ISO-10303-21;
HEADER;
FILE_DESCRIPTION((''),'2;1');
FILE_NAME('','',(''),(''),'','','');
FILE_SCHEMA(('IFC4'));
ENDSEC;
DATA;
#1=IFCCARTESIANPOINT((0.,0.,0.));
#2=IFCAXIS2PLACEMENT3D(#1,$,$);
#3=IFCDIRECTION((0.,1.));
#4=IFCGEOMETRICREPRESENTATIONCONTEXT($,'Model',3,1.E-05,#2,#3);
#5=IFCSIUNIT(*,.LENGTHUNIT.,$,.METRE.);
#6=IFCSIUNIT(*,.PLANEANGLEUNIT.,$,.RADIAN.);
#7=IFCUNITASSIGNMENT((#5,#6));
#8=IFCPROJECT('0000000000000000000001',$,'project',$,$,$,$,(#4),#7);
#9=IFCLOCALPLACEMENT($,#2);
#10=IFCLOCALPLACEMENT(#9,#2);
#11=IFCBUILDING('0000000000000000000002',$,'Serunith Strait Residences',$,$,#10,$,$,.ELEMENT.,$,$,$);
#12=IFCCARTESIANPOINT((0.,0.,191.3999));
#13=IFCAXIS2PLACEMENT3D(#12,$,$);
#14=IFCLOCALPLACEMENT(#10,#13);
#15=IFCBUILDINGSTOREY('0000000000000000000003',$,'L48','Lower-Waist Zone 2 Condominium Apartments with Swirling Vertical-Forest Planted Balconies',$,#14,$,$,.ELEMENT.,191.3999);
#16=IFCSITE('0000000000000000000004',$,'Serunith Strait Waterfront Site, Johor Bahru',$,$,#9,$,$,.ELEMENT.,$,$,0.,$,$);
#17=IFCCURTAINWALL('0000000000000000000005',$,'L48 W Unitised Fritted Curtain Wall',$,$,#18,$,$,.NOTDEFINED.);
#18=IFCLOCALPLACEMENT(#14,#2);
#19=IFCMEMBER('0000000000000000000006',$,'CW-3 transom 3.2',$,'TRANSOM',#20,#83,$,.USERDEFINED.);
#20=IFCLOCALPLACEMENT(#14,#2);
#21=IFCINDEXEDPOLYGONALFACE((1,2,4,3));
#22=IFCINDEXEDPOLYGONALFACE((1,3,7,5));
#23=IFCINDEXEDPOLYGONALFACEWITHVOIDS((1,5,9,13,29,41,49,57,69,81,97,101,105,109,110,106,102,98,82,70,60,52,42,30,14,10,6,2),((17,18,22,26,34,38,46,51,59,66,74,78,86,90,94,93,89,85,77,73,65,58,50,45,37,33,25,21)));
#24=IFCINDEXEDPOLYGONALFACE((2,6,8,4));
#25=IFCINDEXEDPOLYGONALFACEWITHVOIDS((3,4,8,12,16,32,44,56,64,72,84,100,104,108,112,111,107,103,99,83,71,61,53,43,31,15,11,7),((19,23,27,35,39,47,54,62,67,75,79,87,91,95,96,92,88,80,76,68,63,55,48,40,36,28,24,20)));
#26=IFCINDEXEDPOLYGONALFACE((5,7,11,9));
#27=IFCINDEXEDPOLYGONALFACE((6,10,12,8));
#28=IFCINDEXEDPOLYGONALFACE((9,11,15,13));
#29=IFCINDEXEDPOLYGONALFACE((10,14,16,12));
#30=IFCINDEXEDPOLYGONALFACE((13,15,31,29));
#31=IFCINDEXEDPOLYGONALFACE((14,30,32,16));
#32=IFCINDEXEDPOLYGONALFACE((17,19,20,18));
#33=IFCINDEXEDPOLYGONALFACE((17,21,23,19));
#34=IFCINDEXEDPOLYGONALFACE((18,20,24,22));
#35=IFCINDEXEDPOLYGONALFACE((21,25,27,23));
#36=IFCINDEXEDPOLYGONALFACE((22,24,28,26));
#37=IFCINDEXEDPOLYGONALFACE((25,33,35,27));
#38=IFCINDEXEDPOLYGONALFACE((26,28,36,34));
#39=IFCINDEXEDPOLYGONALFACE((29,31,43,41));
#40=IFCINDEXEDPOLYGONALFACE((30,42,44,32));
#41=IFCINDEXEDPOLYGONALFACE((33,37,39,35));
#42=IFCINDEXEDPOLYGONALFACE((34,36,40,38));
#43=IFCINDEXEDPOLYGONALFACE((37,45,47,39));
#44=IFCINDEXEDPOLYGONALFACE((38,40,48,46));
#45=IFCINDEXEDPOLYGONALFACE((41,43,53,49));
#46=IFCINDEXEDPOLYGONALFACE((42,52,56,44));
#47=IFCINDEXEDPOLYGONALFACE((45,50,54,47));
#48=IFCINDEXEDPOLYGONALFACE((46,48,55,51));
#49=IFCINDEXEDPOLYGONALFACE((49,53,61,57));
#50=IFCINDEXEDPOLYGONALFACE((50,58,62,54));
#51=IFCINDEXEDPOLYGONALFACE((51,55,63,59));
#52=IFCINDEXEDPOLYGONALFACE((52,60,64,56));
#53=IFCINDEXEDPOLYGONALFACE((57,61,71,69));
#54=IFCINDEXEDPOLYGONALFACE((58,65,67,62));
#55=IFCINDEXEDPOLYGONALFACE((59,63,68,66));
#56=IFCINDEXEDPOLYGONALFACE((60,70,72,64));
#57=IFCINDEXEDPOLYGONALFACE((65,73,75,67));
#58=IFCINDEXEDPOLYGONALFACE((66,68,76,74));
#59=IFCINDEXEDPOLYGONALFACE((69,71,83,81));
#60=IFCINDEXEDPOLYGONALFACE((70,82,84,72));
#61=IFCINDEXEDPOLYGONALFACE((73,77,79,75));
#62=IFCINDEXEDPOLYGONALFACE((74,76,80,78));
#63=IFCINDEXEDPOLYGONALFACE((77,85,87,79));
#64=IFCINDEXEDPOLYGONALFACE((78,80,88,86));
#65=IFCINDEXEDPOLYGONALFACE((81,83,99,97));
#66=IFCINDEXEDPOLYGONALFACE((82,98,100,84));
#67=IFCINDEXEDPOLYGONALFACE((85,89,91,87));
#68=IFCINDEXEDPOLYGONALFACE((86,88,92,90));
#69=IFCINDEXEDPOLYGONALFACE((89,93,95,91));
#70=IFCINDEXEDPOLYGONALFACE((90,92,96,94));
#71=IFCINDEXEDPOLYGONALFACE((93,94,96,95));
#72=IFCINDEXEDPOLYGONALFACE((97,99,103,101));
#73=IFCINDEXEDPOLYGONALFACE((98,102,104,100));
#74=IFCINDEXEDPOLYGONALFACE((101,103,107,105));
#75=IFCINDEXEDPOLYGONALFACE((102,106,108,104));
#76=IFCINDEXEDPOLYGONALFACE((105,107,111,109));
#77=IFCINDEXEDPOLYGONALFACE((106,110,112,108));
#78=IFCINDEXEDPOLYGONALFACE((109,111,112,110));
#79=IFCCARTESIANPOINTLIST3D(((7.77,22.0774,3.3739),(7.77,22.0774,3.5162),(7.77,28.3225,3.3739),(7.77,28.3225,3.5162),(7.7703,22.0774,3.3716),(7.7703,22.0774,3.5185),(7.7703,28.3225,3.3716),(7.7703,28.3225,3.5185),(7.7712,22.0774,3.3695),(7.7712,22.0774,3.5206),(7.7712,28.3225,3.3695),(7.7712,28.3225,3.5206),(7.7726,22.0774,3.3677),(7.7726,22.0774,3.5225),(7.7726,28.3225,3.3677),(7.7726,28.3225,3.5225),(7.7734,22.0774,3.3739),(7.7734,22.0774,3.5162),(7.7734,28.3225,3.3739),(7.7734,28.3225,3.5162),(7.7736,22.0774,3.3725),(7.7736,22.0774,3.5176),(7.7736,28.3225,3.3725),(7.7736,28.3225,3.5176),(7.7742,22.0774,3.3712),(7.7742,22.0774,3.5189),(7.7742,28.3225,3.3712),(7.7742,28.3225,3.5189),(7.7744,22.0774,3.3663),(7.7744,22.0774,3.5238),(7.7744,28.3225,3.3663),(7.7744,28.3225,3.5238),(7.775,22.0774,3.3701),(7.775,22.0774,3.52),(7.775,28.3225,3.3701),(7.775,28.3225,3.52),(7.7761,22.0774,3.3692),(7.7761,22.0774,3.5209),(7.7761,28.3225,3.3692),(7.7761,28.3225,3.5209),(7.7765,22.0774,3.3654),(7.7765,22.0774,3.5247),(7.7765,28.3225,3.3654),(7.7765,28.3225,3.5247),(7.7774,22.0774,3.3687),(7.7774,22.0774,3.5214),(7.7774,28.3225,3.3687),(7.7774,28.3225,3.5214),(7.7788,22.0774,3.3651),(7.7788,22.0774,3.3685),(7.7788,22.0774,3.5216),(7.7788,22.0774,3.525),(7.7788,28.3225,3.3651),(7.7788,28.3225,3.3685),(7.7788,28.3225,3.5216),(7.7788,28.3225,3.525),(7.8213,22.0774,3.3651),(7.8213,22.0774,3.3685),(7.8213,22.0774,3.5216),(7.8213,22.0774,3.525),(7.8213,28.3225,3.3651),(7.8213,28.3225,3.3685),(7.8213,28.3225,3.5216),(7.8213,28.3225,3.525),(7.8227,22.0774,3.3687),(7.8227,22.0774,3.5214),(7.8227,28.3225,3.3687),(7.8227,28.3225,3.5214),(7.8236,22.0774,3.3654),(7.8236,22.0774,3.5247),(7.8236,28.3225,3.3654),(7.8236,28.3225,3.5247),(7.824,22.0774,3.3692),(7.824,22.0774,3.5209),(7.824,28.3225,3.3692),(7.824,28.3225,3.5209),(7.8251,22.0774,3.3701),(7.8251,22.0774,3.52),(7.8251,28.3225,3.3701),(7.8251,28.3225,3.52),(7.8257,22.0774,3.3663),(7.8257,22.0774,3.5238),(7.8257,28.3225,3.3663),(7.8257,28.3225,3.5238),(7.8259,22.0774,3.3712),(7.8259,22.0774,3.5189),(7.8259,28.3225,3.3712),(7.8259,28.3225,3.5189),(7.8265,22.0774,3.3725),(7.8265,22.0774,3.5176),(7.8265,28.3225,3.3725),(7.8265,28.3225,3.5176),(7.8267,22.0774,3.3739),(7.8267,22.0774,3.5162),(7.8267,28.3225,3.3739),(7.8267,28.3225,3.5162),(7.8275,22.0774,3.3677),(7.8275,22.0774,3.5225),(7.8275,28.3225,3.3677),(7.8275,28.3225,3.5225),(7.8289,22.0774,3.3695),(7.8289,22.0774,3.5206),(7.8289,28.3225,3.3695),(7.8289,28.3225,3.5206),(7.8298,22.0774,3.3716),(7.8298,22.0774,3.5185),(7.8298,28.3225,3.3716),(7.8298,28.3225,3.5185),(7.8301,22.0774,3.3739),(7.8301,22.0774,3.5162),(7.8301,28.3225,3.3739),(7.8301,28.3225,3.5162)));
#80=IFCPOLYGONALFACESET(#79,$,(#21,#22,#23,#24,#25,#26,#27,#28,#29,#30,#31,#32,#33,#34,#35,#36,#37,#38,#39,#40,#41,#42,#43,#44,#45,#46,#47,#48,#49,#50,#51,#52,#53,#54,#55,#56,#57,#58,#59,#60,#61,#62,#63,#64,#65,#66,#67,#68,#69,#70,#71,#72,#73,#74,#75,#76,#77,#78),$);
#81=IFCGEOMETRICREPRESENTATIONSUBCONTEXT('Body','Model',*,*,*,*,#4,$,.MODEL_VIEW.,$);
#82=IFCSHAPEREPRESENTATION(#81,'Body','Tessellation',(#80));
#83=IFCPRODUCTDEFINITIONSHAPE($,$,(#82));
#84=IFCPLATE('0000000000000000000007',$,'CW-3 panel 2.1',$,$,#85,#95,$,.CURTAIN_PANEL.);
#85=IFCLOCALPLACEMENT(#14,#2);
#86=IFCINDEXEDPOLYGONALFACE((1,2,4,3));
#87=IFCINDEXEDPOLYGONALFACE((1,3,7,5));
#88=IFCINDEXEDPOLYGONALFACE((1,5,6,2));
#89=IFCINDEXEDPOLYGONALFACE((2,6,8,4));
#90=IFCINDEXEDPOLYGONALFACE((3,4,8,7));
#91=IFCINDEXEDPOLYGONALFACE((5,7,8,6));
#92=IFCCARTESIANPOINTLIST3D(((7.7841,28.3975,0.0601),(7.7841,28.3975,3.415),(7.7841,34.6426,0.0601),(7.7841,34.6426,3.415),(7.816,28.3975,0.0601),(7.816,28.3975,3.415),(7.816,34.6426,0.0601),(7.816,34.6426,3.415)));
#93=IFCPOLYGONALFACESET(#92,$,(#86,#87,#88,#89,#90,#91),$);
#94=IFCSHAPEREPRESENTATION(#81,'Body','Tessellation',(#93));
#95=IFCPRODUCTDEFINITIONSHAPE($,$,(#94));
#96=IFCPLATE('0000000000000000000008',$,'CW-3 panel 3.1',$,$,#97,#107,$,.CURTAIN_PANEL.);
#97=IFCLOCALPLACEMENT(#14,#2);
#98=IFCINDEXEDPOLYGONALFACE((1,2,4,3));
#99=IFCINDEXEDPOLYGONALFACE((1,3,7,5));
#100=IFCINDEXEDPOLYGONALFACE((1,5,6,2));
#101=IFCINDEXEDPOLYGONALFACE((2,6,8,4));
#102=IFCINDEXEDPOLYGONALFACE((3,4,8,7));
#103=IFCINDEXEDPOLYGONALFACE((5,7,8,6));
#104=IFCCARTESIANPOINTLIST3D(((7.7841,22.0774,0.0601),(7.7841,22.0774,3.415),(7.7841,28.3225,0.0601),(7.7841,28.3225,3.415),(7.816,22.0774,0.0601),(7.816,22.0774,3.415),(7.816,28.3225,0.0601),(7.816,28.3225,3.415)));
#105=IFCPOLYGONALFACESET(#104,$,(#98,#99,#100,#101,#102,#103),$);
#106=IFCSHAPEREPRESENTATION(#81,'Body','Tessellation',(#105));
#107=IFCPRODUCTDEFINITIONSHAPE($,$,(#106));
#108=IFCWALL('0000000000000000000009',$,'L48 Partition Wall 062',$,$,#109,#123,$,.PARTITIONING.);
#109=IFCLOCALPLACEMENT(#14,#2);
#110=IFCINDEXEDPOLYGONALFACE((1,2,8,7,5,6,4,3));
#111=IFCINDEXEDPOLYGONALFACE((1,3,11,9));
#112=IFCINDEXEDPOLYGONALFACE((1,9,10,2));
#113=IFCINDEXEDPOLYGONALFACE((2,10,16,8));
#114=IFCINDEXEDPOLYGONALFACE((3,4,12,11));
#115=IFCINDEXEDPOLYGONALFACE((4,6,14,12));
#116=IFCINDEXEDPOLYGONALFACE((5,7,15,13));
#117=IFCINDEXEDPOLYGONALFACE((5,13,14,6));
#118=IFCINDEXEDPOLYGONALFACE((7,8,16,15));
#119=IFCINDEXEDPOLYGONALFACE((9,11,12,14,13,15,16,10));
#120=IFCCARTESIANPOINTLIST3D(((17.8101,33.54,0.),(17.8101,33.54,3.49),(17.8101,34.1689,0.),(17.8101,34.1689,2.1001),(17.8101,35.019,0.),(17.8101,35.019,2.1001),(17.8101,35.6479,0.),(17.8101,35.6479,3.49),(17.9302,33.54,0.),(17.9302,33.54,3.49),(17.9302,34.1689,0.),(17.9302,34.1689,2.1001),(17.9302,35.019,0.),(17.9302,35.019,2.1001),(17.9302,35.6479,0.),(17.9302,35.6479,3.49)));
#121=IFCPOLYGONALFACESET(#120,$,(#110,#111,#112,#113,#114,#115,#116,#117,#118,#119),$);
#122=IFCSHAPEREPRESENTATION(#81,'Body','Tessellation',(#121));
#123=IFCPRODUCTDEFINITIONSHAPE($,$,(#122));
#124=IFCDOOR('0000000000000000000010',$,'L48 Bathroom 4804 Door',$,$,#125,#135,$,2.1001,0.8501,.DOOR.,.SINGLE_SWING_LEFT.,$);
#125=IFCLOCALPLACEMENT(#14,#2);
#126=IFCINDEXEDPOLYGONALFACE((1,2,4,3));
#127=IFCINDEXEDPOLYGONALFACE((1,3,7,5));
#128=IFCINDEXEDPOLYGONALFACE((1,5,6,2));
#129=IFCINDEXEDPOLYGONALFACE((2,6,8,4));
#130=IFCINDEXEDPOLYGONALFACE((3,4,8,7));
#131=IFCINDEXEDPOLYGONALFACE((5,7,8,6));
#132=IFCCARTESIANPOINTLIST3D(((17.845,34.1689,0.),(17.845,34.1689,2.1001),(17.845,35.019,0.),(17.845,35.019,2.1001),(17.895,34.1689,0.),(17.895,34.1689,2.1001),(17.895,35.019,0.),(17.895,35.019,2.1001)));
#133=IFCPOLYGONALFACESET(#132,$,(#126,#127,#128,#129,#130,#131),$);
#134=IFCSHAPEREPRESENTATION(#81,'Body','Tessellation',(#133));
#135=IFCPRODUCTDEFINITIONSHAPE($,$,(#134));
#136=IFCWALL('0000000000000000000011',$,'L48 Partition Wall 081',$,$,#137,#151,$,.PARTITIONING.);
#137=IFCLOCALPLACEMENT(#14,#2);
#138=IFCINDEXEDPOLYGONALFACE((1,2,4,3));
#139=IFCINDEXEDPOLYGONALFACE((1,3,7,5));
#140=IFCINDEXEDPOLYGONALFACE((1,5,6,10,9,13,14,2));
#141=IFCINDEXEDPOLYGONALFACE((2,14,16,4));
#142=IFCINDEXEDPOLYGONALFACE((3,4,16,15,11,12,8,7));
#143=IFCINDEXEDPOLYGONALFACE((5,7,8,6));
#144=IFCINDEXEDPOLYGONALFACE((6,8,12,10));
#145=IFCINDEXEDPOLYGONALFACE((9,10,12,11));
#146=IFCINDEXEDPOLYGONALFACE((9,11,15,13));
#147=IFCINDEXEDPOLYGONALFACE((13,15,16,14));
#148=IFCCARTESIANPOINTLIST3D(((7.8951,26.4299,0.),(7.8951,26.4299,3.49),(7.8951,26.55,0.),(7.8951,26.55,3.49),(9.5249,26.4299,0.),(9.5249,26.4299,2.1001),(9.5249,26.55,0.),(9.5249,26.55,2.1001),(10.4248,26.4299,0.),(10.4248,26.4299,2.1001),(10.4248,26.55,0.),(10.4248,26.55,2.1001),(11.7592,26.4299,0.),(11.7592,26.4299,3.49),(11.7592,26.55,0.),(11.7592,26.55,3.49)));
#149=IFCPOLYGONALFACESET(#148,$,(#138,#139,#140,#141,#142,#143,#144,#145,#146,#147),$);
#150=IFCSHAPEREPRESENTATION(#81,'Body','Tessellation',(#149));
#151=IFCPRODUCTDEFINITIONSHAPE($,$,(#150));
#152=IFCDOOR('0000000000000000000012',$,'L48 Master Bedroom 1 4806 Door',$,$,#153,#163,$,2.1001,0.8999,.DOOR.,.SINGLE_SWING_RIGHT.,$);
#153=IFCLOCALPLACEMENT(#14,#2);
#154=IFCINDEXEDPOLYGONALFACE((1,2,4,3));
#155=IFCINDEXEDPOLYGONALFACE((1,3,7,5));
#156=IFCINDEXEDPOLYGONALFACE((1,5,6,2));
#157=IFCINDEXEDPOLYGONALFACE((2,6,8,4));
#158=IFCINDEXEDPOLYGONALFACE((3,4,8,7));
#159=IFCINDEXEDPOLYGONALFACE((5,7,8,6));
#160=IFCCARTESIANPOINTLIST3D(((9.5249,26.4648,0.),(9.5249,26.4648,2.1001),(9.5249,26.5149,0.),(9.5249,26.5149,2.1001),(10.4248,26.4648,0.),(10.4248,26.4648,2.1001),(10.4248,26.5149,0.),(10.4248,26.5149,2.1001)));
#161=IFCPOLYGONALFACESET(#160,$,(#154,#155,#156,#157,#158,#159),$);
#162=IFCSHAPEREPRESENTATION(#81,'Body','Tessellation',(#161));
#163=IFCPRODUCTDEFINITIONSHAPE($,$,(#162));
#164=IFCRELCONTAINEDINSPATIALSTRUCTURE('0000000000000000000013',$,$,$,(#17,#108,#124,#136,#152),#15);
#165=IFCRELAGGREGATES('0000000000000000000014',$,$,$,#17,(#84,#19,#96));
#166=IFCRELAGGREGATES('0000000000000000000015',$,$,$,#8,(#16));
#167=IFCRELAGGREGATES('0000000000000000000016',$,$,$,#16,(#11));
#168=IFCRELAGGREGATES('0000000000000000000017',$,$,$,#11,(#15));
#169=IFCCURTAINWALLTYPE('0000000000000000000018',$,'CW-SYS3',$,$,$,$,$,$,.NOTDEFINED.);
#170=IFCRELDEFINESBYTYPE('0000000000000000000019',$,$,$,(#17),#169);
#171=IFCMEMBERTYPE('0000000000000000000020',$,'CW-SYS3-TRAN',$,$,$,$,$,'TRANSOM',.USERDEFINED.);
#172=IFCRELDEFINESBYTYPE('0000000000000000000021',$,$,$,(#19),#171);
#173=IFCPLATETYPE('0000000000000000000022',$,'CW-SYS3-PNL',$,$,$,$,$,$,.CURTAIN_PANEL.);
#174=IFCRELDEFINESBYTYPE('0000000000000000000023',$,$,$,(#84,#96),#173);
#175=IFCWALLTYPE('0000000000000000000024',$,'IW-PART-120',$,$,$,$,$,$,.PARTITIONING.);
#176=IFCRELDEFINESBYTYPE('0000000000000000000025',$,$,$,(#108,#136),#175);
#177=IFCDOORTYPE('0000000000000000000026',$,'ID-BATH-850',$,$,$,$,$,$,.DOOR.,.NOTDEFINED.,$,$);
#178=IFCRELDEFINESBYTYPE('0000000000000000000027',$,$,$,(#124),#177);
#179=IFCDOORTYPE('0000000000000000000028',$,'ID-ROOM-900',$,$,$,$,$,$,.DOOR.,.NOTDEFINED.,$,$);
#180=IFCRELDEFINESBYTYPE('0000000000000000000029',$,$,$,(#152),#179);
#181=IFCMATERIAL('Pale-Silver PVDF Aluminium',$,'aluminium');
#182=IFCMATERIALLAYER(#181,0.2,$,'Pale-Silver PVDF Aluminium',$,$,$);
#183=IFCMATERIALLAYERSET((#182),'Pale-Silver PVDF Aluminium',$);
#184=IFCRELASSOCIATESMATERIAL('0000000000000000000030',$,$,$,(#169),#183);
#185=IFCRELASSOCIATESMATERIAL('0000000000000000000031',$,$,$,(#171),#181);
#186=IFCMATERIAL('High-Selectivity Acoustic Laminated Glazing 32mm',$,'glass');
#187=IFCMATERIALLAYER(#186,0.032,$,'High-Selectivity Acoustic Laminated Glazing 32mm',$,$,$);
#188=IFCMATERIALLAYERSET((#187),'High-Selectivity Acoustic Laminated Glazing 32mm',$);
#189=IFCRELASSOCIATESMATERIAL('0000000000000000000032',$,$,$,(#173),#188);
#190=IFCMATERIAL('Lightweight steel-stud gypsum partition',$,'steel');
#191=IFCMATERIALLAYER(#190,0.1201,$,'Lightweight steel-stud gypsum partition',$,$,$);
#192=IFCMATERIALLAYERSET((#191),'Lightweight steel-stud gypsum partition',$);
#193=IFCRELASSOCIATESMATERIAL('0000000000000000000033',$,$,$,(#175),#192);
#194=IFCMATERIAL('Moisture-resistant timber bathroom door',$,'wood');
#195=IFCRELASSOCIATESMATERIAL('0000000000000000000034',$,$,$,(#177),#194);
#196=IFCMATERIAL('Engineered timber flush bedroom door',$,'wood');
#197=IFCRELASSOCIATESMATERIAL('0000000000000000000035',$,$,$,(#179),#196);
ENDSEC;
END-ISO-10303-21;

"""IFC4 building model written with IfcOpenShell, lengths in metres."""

from ifc_helpers import new_model, si_unit, direction, frame, frame_2d, origin, origin_2d, place, context, subcontext, project, spatial, rectangle, hollow_rectangle, extrude, source, transform, mapped, material, layer, layer_set, material_profile, profile_set, type_object, element, fill, aggregate, save


model = new_model("IFC4")

# Units and contexts
model_context = context("Model", 3, precision=1e-05, world=origin(), true_north=direction((0.0, 1.0)))
body_context = subcontext(model_context, "Body", "Model", "MODEL_VIEW")
ifc_project = project(units=[si_unit("LENGTHUNIT", "METRE"), si_unit("PLANEANGLEUNIT", "RADIAN")], contexts=[model_context])

# Site, building, storey
site_placement = place(None, origin())
site = spatial("IfcSite", under=ifc_project, at=site_placement, Name="Serunith Strait Waterfront Site, Johor Bahru", CompositionType="ELEMENT", RefElevation=0.0)
building_placement = place(site_placement, origin())
building = spatial("IfcBuilding", under=site, at=building_placement, Name="Serunith Strait Residences", CompositionType="ELEMENT")
storey_placement = place(building_placement, frame((0.0, 0.0, 191.3999)))
storey = spatial("IfcBuildingStorey", under=building, at=storey_placement, Name="L48", Description="Lower-Waist Zone 2 Condominium Apartments with Swirling Vertical-Forest Planted Balconies", CompositionType="ELEMENT", Elevation=191.3999)

# Curtain wall, member, plates
ifc_material_1 = material(Name="Pale-Silver PVDF Aluminium", Category="aluminium")
ifc_layer_1 = layer(ifc_material_1, 0.2, Name="Pale-Silver PVDF Aluminium")
ifc_layer_set_1 = layer_set([ifc_layer_1], Name="Pale-Silver PVDF Aluminium")
curtain_wall_type = type_object("IfcCurtainWallType", Name="CW-SYS3", PredefinedType="NOTDEFINED", material=ifc_layer_set_1)
curtain_wall_placement = place(storey_placement, origin())
curtain_wall = element("IfcCurtainWall", 1, at=curtain_wall_placement, inside=storey, type_object=curtain_wall_type, Name="L48 W Unitised Fritted Curtain Wall", PredefinedType="NOTDEFINED")
ifc_material_profile_1 = material_profile(ifc_material_1, hollow_rectangle(XDim=0.0601, YDim=0.1599, WallThickness=0.0034, InnerFilletRadius=0.0054, OuterFilletRadius=0.0088, at=origin_2d()), Name="ALU 160x60x3.5")
ifc_profile_set_1 = profile_set([ifc_material_profile_1], Name="Pale-Silver PVDF Aluminium")
member_type_1 = type_object("IfcMemberType", Name="CW-SYS3-TRAN", ElementType="TRANSOM", PredefinedType="USERDEFINED", material=ifc_profile_set_1)
shared_shape_1 = source(origin(), body_context, "Body", "SweptSolid", [
    extrude(hollow_rectangle(XDim=0.0601, YDim=0.1599, WallThickness=0.0034, InnerFilletRadius=0.0054, OuterFilletRadius=0.0088, at=origin_2d()), origin(), (0.0, 0.0, 1.0), 6.2451),
])
member_1_placement = place(storey_placement, frame((7.8, 28.3225, 3.4451), z_axis=(0.0, -1.0, 0.0), x_axis=(1.0, 0.0, 0.0)))
member_1 = element("IfcMember", 2, at=member_1_placement, type_object=member_type_1, Name="CW-3 transom 3.2", ObjectType="TRANSOM", PredefinedType="USERDEFINED", context=body_context, shape_type="MappedRepresentation", body=[
    mapped(shared_shape_1, transform((0.0, 0.0, 0.0), scale=1.0)),
])
ifc_material_2 = material(Name="High-Selectivity Acoustic Laminated Glazing 32mm", Category="glass")
ifc_layer_2 = layer(ifc_material_2, 0.032, Name="High-Selectivity Acoustic Laminated Glazing 32mm")
ifc_layer_set_2 = layer_set([ifc_layer_2], Name="High-Selectivity Acoustic Laminated Glazing 32mm")
plate_type = type_object("IfcPlateType", Name="CW-SYS3-PNL", PredefinedType="CURTAIN_PANEL", material=ifc_layer_set_2)
shared_shape_2 = source(origin(), body_context, "Body", "SweptSolid", [
    extrude(rectangle(XDim=6.2451, YDim=0.032, at=origin_2d()), origin(), (0.0, 0.0, 1.0), 3.355),
])
plate_1_placement = place(storey_placement, frame((7.8, 31.52, 0.0601), z_axis=(0.0, 0.0, 1.0), x_axis=(0.0, -1.0, 0.0)))
plate_1 = element("IfcPlate", 3, at=plate_1_placement, type_object=plate_type, Name="CW-3 panel 2.1", PredefinedType="CURTAIN_PANEL", context=body_context, shape_type="MappedRepresentation", body=[
    mapped(shared_shape_2, transform((0.0, 0.0, 0.0), scale=1.0)),
])
plate_2_placement = place(storey_placement, frame((7.8, 25.2, 0.0601), z_axis=(0.0, 0.0, 1.0), x_axis=(0.0, -1.0, 0.0)))
plate_2 = element("IfcPlate", 4, at=plate_2_placement, type_object=plate_type, Name="CW-3 panel 3.1", PredefinedType="CURTAIN_PANEL", context=body_context, shape_type="MappedRepresentation", body=[
    mapped(shared_shape_2, transform((0.0, 0.0, 0.0), scale=1.0)),
])
aggregate(curtain_wall, [plate_1, member_1, plate_2])

# Walls, openings, doors
ifc_material_3 = material(Name="Lightweight steel-stud gypsum partition", Category="steel")
ifc_layer_3 = layer(ifc_material_3, 0.1201, Name="Lightweight steel-stud gypsum partition")
ifc_layer_set_3 = layer_set([ifc_layer_3], Name="Lightweight steel-stud gypsum partition")
wall_type_1 = type_object("IfcWallType", Name="IW-PART-120", PredefinedType="PARTITIONING", material=ifc_layer_set_3)
wall_1_placement = place(storey_placement, frame((17.8701, 35.6479, 0.0), z_axis=(0.0, 0.0, 1.0), x_axis=(0.0, -1.0, 0.0)))
wall_1 = element("IfcWall", 5, at=wall_1_placement, inside=storey, type_object=wall_type_1, Name="L48 Partition Wall 062", PredefinedType="PARTITIONING", context=body_context, shape_type="SweptSolid", body=[
    extrude(rectangle(XDim=2.1079, YDim=0.1201, at=frame_2d((1.054, 0.0))), origin(), (0.0, 0.0, 1.0), 3.49),
])
opening_1_placement = place(wall_1_placement, frame((0.6289, 0.0, 0.0)))
opening_1 = element("IfcOpeningElement", 6, at=opening_1_placement, cuts=wall_1, PredefinedType="OPENING", context=body_context, shape_type="SweptSolid", body=[
    extrude(rectangle(XDim=0.8501, YDim=2.1001, at=frame_2d((0.425, 1.05))), frame((0.0, 0.0701, 0.0), z_axis=(0.0, -1.0, 0.0), x_axis=(1.0, 0.0, 0.0)), (0.0, 0.0, 1.0), 0.1401),
])
ifc_material_4 = material(Name="Moisture-resistant timber bathroom door", Category="wood")
door_type_1 = type_object("IfcDoorType", Name="ID-BATH-850", OperationType="NOTDEFINED", PredefinedType="DOOR", material=ifc_material_4)
shared_shape_3 = source(origin(), body_context, "Body", "SweptSolid", [
    extrude(rectangle(XDim=0.8501, YDim=2.1001, at=frame_2d((0.425, 1.05))), frame((0.0, 0.0249, 0.0), z_axis=(0.0, -1.0, 0.0), x_axis=(1.0, 0.0, 0.0)), (0.0, 0.0, 1.0), 0.05),
])
door_1_placement = place(opening_1_placement, origin())
door_1 = element("IfcDoor", 7, at=door_1_placement, inside=storey, type_object=door_type_1, Name="L48 Bathroom 4804 Door", OperationType="SINGLE_SWING_LEFT", OverallHeight=2.1001, OverallWidth=0.8501, PredefinedType="DOOR", context=body_context, shape_type="MappedRepresentation", body=[
    mapped(shared_shape_3, transform((0.0, 0.0, 0.0), scale=1.0)),
])
fill(opening_1, door_1)
wall_2_placement = place(storey_placement, frame((7.895, 26.49, 0.0), z_axis=(0.0, 0.0, 1.0), x_axis=(1.0, 0.0, 0.0)))
wall_2 = element("IfcWall", 8, at=wall_2_placement, inside=storey, type_object=wall_type_1, Name="L48 Partition Wall 081", PredefinedType="PARTITIONING", context=body_context, shape_type="SweptSolid", body=[
    extrude(rectangle(XDim=3.864, YDim=0.1201, at=frame_2d((1.9321, 0.0))), origin(), (0.0, 0.0, 1.0), 3.49),
])
opening_2_placement = place(wall_2_placement, frame((1.6299, 0.0, 0.0)))
opening_2 = element("IfcOpeningElement", 9, at=opening_2_placement, cuts=wall_2, PredefinedType="OPENING", context=body_context, shape_type="SweptSolid", body=[
    extrude(rectangle(XDim=0.8999, YDim=2.1001, at=frame_2d((0.45, 1.05))), frame((0.0, 0.0701, 0.0), z_axis=(0.0, -1.0, 0.0), x_axis=(1.0, 0.0, 0.0)), (0.0, 0.0, 1.0), 0.1401),
])
ifc_material_5 = material(Name="Engineered timber flush bedroom door", Category="wood")
door_type_2 = type_object("IfcDoorType", Name="ID-ROOM-900", OperationType="NOTDEFINED", PredefinedType="DOOR", material=ifc_material_5)
shared_shape_4 = source(origin(), body_context, "Body", "SweptSolid", [
    extrude(rectangle(XDim=0.8999, YDim=2.1001, at=frame_2d((0.45, 1.05))), frame((0.0, 0.0249, 0.0), z_axis=(0.0, -1.0, 0.0), x_axis=(1.0, 0.0, 0.0)), (0.0, 0.0, 1.0), 0.05),
])
door_2_placement = place(opening_2_placement, origin())
door_2 = element("IfcDoor", 10, at=door_2_placement, inside=storey, type_object=door_type_2, Name="L48 Master Bedroom 1 4806 Door", OperationType="SINGLE_SWING_RIGHT", OverallHeight=2.1001, OverallWidth=0.8999, PredefinedType="DOOR", context=body_context, shape_type="MappedRepresentation", body=[
    mapped(shared_shape_4, transform((0.0, 0.0, 0.0), scale=1.0)),
])
fill(opening_2, door_2)

save(model, "model.ifc")
